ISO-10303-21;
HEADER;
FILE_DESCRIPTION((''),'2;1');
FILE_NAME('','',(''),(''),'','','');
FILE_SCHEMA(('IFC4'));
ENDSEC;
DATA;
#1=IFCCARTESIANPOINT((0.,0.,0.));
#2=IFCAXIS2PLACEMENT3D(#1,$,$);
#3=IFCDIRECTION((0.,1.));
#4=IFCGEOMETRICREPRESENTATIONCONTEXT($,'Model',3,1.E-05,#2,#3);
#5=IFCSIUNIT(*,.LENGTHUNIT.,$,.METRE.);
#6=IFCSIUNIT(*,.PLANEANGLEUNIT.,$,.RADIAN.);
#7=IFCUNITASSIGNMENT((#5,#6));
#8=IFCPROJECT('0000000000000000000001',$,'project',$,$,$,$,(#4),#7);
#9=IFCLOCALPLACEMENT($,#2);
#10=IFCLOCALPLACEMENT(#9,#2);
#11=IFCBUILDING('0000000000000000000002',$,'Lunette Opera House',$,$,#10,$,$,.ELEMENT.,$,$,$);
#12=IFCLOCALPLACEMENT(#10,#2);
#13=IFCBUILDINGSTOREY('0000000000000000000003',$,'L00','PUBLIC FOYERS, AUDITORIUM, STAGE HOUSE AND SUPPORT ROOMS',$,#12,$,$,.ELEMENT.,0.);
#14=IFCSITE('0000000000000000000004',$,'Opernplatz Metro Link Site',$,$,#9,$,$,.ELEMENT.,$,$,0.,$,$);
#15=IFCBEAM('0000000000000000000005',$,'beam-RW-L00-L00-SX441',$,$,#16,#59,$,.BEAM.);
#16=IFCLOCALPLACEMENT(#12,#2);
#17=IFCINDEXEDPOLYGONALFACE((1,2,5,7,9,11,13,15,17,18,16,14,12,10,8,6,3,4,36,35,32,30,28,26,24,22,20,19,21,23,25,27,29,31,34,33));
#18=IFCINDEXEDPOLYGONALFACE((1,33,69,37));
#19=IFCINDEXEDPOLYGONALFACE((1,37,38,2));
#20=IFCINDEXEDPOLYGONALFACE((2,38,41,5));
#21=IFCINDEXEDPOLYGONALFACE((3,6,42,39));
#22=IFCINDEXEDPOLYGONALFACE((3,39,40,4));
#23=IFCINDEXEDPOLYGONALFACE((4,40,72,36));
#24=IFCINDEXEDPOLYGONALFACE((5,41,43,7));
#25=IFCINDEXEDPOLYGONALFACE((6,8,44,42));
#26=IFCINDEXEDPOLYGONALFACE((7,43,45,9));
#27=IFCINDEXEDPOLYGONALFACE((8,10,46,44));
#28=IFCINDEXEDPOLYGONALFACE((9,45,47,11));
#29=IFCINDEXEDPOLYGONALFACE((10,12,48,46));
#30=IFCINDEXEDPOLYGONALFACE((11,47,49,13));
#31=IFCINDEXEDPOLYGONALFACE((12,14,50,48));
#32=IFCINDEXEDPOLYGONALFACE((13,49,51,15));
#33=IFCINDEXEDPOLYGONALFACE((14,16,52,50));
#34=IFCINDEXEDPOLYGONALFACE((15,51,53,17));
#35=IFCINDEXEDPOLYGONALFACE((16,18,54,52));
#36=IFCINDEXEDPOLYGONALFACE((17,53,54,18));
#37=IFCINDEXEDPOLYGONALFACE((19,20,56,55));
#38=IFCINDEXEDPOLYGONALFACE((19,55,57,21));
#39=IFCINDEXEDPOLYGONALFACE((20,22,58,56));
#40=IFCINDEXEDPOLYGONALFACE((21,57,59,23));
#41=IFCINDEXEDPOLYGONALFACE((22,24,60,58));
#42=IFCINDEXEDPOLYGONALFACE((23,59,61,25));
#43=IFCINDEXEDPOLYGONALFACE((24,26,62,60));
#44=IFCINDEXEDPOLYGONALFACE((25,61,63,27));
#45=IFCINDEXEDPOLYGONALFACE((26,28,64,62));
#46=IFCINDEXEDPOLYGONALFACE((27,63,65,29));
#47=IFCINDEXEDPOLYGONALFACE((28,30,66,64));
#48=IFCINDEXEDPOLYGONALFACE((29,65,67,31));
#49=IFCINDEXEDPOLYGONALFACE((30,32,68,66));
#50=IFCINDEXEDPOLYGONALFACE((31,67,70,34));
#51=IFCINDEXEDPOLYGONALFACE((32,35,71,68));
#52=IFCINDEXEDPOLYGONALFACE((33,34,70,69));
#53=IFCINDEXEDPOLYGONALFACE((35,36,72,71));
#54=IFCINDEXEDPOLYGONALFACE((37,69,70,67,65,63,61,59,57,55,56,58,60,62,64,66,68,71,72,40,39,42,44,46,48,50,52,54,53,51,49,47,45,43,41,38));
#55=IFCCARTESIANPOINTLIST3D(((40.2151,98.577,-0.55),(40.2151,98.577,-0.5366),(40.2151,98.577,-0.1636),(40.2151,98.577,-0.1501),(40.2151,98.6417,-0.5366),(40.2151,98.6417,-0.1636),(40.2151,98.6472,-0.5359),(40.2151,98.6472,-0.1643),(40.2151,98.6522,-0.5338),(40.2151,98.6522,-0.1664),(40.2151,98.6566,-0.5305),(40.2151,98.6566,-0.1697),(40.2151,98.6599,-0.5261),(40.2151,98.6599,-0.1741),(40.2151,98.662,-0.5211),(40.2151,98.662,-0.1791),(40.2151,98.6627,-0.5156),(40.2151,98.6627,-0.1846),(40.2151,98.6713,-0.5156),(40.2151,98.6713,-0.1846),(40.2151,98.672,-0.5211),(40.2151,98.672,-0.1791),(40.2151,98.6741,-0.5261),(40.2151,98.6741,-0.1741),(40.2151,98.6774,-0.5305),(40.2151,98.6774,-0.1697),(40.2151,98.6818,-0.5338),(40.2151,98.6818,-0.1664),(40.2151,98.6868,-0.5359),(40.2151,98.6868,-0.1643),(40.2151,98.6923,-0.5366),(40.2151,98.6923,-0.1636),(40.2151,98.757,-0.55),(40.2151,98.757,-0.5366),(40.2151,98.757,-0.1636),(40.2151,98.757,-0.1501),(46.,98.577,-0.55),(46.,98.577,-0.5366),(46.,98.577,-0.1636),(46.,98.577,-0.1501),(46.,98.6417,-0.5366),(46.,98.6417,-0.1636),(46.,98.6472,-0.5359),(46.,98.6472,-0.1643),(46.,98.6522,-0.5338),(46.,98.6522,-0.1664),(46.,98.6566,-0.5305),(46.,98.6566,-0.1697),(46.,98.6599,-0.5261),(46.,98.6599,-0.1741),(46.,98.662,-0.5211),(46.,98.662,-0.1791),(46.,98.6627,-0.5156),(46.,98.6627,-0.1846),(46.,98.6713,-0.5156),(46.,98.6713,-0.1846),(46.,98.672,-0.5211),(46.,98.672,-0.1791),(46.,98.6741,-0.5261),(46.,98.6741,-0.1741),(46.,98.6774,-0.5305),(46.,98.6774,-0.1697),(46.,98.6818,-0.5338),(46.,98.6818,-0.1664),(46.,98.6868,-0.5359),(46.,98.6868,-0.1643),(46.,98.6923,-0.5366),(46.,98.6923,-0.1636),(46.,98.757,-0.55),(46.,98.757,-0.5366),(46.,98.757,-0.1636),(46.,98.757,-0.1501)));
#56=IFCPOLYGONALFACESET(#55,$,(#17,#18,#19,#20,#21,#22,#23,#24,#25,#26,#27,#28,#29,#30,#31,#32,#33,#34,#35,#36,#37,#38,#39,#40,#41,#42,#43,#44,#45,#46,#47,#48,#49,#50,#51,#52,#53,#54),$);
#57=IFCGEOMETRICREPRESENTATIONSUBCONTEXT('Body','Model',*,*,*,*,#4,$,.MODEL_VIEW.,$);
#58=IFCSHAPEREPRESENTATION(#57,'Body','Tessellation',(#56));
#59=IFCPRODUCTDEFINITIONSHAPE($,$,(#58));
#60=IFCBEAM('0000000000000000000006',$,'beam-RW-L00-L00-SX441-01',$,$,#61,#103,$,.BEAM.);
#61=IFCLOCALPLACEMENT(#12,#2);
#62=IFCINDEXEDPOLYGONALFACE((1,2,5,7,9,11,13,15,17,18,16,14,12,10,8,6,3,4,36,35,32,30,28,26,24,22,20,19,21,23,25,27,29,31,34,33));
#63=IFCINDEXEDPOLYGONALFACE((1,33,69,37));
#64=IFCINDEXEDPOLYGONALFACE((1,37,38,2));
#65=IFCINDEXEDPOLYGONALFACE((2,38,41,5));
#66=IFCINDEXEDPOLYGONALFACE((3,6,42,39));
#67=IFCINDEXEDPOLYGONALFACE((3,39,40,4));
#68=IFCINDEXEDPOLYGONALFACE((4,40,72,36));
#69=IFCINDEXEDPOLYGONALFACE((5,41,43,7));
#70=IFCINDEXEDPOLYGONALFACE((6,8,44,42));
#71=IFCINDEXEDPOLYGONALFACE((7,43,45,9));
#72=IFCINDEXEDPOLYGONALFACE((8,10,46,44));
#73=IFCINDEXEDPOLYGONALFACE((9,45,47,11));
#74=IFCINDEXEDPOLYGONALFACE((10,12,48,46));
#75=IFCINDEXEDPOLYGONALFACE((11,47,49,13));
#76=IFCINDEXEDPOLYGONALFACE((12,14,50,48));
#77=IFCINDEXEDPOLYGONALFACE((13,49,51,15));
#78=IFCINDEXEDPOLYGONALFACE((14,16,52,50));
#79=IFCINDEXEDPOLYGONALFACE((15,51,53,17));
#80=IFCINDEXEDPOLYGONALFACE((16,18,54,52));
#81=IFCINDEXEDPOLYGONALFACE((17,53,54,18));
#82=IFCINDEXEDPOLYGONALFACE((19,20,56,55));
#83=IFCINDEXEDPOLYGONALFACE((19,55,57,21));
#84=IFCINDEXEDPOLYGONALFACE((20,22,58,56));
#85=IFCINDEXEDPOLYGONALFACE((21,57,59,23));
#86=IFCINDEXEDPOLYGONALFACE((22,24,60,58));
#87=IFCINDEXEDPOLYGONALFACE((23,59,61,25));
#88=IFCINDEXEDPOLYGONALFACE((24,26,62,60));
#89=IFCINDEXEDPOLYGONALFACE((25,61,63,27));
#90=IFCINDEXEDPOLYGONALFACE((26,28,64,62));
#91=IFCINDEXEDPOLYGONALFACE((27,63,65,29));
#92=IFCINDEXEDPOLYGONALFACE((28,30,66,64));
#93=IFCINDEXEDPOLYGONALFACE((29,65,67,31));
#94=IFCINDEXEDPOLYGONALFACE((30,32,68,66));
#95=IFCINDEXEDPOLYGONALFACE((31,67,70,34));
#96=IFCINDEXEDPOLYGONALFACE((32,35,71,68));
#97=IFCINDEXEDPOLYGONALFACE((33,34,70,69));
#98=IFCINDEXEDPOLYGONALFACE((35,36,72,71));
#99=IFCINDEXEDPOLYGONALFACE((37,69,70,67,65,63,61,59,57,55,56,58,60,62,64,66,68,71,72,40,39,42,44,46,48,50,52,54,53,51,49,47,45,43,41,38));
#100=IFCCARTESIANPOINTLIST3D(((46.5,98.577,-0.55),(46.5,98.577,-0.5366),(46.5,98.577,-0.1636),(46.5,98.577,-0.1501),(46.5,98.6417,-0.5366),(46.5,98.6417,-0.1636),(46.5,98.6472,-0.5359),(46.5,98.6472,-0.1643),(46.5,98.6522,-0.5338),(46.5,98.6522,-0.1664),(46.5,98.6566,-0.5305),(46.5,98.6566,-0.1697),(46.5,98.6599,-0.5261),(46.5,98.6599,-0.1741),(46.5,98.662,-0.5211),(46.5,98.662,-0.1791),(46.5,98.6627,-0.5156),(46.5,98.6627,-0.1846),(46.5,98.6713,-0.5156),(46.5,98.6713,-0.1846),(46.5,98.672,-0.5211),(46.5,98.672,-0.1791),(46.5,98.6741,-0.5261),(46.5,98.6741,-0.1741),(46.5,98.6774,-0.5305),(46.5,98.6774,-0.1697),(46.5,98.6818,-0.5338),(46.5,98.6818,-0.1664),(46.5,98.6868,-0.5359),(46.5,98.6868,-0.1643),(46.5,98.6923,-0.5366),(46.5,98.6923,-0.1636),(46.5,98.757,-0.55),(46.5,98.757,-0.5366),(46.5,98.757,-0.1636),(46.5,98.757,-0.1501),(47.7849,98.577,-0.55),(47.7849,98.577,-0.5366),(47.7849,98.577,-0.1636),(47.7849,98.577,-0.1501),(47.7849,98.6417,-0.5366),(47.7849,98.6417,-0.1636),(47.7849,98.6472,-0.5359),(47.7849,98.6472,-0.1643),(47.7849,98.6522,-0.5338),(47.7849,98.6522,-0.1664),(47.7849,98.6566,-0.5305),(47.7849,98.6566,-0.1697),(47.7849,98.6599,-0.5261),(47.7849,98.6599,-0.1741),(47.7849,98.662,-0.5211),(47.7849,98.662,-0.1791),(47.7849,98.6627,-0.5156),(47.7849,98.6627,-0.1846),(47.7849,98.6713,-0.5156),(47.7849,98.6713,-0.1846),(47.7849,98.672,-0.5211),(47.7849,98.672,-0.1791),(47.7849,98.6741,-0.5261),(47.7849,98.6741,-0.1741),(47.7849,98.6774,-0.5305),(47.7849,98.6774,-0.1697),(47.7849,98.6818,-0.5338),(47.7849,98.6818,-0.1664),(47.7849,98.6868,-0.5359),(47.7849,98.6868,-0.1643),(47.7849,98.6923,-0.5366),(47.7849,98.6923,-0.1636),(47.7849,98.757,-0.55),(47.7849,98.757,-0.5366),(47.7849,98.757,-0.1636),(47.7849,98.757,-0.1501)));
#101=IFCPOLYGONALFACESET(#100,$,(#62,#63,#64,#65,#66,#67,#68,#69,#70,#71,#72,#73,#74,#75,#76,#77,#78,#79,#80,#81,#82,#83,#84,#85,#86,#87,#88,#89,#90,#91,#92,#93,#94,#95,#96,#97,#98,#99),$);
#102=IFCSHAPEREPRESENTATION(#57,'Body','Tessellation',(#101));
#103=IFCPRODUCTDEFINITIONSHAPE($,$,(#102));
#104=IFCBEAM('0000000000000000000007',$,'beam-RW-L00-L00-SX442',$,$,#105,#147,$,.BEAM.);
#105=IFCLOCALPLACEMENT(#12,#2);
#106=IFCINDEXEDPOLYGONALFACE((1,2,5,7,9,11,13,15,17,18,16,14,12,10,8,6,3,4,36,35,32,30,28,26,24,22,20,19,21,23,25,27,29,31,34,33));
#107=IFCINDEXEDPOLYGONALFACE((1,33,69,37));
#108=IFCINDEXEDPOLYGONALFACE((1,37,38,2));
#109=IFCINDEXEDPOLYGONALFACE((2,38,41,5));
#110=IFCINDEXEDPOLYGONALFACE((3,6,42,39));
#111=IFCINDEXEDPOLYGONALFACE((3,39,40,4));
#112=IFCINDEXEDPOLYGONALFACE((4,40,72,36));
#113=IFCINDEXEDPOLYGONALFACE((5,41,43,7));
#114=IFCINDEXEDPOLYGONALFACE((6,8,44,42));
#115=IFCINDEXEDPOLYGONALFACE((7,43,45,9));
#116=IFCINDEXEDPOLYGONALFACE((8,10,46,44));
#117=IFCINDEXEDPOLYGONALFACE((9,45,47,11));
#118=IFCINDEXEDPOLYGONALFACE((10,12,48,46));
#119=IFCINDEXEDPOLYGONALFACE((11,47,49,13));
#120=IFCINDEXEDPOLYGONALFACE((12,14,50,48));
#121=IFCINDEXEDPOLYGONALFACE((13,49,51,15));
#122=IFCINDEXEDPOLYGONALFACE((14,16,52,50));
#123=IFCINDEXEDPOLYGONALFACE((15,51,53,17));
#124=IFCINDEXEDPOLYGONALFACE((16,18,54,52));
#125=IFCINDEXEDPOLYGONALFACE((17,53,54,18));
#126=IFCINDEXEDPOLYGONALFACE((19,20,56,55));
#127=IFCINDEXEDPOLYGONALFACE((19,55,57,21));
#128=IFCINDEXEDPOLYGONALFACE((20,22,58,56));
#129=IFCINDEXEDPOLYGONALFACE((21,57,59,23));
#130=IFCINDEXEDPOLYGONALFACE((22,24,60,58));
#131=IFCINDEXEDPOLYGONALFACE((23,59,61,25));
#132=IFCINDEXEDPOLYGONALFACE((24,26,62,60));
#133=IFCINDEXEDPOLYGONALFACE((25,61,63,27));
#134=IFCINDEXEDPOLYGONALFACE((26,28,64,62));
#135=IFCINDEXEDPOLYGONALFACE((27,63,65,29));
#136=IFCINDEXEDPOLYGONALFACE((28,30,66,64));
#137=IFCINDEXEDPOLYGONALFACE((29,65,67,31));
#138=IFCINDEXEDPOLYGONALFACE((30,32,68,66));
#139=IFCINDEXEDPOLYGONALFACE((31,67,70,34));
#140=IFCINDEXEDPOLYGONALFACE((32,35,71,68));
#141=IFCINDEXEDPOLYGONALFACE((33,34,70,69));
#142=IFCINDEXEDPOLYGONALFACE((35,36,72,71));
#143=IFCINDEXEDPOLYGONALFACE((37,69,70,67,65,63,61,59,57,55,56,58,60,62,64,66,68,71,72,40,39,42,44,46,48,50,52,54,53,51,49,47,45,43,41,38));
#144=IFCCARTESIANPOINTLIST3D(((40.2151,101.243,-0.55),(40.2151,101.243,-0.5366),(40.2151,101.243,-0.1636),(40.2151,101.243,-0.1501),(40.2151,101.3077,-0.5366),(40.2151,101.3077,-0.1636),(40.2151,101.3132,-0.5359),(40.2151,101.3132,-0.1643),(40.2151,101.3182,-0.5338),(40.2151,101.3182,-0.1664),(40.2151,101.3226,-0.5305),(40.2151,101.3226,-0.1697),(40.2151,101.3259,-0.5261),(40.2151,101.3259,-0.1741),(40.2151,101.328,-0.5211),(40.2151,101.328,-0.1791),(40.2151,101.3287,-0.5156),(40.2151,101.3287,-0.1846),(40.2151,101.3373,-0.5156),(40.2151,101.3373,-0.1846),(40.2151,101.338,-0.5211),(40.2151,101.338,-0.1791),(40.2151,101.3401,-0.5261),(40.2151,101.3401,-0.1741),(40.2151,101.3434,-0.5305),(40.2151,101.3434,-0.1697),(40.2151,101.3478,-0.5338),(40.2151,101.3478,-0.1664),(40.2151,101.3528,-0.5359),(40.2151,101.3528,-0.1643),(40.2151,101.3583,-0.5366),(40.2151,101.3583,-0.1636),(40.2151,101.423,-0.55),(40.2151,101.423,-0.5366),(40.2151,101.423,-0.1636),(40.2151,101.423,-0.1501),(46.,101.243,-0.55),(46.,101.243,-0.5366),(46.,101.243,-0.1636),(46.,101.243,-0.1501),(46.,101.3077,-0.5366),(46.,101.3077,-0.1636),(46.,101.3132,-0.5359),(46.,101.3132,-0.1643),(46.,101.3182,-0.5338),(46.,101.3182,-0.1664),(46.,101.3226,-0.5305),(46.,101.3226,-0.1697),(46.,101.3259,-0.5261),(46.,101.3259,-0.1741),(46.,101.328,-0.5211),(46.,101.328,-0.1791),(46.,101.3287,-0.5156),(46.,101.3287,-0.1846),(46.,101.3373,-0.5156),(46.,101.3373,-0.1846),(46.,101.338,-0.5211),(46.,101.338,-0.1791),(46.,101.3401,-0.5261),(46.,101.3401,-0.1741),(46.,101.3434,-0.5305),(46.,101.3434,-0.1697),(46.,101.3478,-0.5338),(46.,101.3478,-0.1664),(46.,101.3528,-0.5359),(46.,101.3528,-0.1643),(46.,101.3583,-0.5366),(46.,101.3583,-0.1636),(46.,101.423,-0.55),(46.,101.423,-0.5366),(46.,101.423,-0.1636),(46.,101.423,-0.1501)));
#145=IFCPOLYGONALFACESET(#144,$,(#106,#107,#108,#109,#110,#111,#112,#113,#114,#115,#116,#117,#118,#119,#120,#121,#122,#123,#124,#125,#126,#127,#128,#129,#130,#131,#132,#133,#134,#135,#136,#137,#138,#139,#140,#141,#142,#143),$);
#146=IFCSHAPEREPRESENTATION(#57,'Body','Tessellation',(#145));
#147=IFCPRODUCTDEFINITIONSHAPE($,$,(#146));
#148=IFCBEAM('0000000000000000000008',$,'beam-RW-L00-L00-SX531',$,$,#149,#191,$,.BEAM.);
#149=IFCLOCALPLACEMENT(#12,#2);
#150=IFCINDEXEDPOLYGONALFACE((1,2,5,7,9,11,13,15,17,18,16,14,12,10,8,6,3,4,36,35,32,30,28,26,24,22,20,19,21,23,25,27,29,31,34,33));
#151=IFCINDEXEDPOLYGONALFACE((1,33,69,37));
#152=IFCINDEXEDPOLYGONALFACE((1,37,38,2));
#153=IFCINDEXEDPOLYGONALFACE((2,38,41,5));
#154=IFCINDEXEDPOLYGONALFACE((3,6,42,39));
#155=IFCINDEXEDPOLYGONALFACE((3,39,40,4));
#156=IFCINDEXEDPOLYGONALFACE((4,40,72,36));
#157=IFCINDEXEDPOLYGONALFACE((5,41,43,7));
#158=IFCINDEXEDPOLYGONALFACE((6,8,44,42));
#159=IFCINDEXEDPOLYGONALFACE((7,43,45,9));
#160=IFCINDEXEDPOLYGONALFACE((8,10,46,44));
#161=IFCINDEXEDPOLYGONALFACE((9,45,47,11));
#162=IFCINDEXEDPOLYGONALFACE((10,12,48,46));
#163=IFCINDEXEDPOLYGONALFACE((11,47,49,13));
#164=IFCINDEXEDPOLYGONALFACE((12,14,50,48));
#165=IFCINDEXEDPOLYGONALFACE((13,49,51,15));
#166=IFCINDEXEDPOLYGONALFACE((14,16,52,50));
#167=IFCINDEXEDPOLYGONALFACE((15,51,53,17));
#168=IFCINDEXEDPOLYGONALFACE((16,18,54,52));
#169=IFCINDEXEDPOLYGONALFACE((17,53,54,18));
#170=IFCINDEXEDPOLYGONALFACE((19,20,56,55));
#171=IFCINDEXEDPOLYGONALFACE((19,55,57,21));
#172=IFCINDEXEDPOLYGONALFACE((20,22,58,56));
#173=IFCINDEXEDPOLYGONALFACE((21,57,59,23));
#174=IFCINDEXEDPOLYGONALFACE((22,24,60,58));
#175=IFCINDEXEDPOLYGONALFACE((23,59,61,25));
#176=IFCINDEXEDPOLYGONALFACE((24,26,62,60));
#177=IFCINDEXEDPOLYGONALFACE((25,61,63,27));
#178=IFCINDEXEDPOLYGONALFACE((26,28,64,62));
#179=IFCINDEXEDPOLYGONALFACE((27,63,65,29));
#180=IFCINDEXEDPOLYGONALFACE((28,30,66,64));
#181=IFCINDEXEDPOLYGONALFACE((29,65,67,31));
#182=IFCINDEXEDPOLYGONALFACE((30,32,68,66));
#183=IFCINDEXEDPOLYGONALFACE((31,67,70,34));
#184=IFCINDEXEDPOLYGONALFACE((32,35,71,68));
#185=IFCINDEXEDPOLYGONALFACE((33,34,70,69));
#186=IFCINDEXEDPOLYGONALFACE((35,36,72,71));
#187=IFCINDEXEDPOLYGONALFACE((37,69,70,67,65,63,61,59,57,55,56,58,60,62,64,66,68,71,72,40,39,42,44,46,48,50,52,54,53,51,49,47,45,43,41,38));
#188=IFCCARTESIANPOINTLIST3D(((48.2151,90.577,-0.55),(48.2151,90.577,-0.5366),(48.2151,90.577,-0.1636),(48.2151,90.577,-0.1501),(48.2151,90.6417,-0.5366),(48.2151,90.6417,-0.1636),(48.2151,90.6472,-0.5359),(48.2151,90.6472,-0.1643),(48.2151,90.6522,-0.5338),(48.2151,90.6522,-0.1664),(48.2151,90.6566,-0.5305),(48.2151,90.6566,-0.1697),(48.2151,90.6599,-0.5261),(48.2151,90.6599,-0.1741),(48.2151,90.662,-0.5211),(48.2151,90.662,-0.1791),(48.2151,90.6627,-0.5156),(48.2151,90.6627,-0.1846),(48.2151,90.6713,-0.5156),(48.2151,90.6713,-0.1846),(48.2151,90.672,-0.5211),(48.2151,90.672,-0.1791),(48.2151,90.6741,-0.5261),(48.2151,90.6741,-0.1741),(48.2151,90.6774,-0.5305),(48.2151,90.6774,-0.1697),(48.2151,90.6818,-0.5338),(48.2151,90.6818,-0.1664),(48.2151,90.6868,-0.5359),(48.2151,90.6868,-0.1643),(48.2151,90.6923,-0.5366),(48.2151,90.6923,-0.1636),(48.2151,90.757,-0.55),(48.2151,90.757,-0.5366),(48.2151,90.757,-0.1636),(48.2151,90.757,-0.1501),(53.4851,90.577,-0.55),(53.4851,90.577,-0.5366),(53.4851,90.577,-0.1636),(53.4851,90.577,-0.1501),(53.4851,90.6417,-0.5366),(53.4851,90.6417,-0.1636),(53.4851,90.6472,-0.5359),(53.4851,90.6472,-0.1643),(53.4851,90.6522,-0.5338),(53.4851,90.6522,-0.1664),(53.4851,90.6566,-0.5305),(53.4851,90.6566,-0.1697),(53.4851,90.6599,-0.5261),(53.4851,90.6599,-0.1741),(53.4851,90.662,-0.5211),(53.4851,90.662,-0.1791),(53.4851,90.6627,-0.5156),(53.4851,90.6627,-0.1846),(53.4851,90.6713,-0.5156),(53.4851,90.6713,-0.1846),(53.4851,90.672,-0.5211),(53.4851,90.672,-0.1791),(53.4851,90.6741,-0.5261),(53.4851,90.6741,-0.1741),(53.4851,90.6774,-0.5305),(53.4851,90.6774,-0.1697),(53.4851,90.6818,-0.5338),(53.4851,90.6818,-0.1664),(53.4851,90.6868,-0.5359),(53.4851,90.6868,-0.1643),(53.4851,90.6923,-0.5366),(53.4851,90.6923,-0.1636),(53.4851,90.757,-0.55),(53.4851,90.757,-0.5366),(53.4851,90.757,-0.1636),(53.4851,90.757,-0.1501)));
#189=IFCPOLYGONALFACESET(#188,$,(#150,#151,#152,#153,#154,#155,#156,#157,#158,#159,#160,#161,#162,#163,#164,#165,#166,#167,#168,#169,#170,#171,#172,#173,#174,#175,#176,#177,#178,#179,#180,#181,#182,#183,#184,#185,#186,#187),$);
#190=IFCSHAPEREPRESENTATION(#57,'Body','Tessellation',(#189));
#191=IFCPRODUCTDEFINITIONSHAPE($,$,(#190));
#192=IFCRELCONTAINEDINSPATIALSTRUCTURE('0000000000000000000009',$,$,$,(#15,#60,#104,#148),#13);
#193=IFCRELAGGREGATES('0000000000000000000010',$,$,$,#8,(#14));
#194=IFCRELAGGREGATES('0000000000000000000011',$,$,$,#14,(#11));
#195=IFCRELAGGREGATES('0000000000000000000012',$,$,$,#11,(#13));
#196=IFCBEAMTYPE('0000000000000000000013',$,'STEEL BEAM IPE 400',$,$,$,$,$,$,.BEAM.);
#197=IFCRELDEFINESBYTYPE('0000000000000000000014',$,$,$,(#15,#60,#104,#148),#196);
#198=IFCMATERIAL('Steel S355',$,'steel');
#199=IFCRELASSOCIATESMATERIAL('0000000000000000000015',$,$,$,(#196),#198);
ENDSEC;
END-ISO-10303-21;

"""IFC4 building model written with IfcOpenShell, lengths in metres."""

from ifc_helpers import new_model, si_unit, direction, frame, origin, origin_2d, place, context, subcontext, project, spatial, i_section, extrude, material, material_profile, profile_set, type_object, element, save


model = new_model("IFC4")

# Units and contexts
model_context = context("Model", 3, precision=1e-05, world=origin(), true_north=direction((0.0, 1.0)))
body_context = subcontext(model_context, "Body", "Model", "MODEL_VIEW")
ifc_project = project(units=[si_unit("LENGTHUNIT", "METRE"), si_unit("PLANEANGLEUNIT", "RADIAN")], contexts=[model_context])

# Site, building, storey
site_placement = place(None, origin())
site = spatial("IfcSite", under=ifc_project, at=site_placement, Name="Opernplatz Metro Link Site", CompositionType="ELEMENT", RefElevation=0.0)
building_placement = place(site_placement, origin())
building = spatial("IfcBuilding", under=site, at=building_placement, Name="Lunette Opera House", CompositionType="ELEMENT")
storey_placement = place(building_placement, origin())
storey = spatial("IfcBuildingStorey", under=building, at=storey_placement, Name="L00", Description="PUBLIC FOYERS, AUDITORIUM, STAGE HOUSE AND SUPPORT ROOMS", CompositionType="ELEMENT", Elevation=0.0)

# Beams
ifc_material_1 = material(Name="Steel S355", Category="steel")
ifc_material_profile_1 = material_profile(ifc_material_1, i_section(OverallWidth=0.1799, OverallDepth=0.3999, WebThickness=0.0085, FlangeThickness=0.0134, FilletRadius=0.021, at=origin_2d()), Name="IPE 400")
ifc_profile_set_1 = profile_set([ifc_material_profile_1], Name="Steel S355")
beam_type_1 = type_object("IfcBeamType", Name="STEEL BEAM IPE 400", PredefinedType="BEAM", material=ifc_profile_set_1)
beam_1_placement = place(storey_placement, frame((40.2151, 98.667, -0.3501), z_axis=(1.0, 0.0, 0.0), x_axis=(0.0, 1.0, 0.0)))
element("IfcBeam", 1, at=beam_1_placement, inside=storey, type_object=beam_type_1, Name="beam-RW-L00-L00-SX441", PredefinedType="BEAM", context=body_context, shape_type="SweptSolid", body=[
    extrude(i_section(OverallWidth=0.1799, OverallDepth=0.3999, WebThickness=0.0085, FlangeThickness=0.0134, FilletRadius=0.021, at=origin_2d()), origin(), (0.0, 0.0, 1.0), 5.7849),
])
beam_2_placement = place(storey_placement, frame((46.5, 98.667, -0.3501), z_axis=(1.0, 0.0, 0.0), x_axis=(0.0, 1.0, 0.0)))
element("IfcBeam", 2, at=beam_2_placement, inside=storey, type_object=beam_type_1, Name="beam-RW-L00-L00-SX441-01", PredefinedType="BEAM", context=body_context, shape_type="SweptSolid", body=[
    extrude(i_section(OverallWidth=0.1799, OverallDepth=0.3999, WebThickness=0.0085, FlangeThickness=0.0134, FilletRadius=0.021, at=origin_2d()), origin(), (0.0, 0.0, 1.0), 1.2849),
])
beam_3_placement = place(storey_placement, frame((40.2151, 101.333, -0.3501), z_axis=(1.0, 0.0, 0.0), x_axis=(0.0, 1.0, 0.0)))
element("IfcBeam", 3, at=beam_3_placement, inside=storey, type_object=beam_type_1, Name="beam-RW-L00-L00-SX442", PredefinedType="BEAM", context=body_context, shape_type="SweptSolid", body=[
    extrude(i_section(OverallWidth=0.1799, OverallDepth=0.3999, WebThickness=0.0085, FlangeThickness=0.0134, FilletRadius=0.021, at=origin_2d()), origin(), (0.0, 0.0, 1.0), 5.7849),
])
for number, where, z_axis, x_axis, name in (
    (4, (48.2151, 90.667, -0.3501), (1.0, 0.0, 0.0), (0.0, 1.0, 0.0), "beam-RW-L00-L00-SX531"),
):
    element("IfcBeam", number, at=place(storey_placement, frame(where, z_axis=z_axis, x_axis=x_axis)), inside=storey, type_object=beam_type_1, Name=name, PredefinedType="BEAM", context=body_context, shape_type="SweptSolid", body=[
        extrude(i_section(OverallWidth=0.1799, OverallDepth=0.3999, WebThickness=0.0085, FlangeThickness=0.0134, FilletRadius=0.021, at=origin_2d()), origin(), (0.0, 0.0, 1.0), 5.27),
    ])

save(model, "model.ifc")
